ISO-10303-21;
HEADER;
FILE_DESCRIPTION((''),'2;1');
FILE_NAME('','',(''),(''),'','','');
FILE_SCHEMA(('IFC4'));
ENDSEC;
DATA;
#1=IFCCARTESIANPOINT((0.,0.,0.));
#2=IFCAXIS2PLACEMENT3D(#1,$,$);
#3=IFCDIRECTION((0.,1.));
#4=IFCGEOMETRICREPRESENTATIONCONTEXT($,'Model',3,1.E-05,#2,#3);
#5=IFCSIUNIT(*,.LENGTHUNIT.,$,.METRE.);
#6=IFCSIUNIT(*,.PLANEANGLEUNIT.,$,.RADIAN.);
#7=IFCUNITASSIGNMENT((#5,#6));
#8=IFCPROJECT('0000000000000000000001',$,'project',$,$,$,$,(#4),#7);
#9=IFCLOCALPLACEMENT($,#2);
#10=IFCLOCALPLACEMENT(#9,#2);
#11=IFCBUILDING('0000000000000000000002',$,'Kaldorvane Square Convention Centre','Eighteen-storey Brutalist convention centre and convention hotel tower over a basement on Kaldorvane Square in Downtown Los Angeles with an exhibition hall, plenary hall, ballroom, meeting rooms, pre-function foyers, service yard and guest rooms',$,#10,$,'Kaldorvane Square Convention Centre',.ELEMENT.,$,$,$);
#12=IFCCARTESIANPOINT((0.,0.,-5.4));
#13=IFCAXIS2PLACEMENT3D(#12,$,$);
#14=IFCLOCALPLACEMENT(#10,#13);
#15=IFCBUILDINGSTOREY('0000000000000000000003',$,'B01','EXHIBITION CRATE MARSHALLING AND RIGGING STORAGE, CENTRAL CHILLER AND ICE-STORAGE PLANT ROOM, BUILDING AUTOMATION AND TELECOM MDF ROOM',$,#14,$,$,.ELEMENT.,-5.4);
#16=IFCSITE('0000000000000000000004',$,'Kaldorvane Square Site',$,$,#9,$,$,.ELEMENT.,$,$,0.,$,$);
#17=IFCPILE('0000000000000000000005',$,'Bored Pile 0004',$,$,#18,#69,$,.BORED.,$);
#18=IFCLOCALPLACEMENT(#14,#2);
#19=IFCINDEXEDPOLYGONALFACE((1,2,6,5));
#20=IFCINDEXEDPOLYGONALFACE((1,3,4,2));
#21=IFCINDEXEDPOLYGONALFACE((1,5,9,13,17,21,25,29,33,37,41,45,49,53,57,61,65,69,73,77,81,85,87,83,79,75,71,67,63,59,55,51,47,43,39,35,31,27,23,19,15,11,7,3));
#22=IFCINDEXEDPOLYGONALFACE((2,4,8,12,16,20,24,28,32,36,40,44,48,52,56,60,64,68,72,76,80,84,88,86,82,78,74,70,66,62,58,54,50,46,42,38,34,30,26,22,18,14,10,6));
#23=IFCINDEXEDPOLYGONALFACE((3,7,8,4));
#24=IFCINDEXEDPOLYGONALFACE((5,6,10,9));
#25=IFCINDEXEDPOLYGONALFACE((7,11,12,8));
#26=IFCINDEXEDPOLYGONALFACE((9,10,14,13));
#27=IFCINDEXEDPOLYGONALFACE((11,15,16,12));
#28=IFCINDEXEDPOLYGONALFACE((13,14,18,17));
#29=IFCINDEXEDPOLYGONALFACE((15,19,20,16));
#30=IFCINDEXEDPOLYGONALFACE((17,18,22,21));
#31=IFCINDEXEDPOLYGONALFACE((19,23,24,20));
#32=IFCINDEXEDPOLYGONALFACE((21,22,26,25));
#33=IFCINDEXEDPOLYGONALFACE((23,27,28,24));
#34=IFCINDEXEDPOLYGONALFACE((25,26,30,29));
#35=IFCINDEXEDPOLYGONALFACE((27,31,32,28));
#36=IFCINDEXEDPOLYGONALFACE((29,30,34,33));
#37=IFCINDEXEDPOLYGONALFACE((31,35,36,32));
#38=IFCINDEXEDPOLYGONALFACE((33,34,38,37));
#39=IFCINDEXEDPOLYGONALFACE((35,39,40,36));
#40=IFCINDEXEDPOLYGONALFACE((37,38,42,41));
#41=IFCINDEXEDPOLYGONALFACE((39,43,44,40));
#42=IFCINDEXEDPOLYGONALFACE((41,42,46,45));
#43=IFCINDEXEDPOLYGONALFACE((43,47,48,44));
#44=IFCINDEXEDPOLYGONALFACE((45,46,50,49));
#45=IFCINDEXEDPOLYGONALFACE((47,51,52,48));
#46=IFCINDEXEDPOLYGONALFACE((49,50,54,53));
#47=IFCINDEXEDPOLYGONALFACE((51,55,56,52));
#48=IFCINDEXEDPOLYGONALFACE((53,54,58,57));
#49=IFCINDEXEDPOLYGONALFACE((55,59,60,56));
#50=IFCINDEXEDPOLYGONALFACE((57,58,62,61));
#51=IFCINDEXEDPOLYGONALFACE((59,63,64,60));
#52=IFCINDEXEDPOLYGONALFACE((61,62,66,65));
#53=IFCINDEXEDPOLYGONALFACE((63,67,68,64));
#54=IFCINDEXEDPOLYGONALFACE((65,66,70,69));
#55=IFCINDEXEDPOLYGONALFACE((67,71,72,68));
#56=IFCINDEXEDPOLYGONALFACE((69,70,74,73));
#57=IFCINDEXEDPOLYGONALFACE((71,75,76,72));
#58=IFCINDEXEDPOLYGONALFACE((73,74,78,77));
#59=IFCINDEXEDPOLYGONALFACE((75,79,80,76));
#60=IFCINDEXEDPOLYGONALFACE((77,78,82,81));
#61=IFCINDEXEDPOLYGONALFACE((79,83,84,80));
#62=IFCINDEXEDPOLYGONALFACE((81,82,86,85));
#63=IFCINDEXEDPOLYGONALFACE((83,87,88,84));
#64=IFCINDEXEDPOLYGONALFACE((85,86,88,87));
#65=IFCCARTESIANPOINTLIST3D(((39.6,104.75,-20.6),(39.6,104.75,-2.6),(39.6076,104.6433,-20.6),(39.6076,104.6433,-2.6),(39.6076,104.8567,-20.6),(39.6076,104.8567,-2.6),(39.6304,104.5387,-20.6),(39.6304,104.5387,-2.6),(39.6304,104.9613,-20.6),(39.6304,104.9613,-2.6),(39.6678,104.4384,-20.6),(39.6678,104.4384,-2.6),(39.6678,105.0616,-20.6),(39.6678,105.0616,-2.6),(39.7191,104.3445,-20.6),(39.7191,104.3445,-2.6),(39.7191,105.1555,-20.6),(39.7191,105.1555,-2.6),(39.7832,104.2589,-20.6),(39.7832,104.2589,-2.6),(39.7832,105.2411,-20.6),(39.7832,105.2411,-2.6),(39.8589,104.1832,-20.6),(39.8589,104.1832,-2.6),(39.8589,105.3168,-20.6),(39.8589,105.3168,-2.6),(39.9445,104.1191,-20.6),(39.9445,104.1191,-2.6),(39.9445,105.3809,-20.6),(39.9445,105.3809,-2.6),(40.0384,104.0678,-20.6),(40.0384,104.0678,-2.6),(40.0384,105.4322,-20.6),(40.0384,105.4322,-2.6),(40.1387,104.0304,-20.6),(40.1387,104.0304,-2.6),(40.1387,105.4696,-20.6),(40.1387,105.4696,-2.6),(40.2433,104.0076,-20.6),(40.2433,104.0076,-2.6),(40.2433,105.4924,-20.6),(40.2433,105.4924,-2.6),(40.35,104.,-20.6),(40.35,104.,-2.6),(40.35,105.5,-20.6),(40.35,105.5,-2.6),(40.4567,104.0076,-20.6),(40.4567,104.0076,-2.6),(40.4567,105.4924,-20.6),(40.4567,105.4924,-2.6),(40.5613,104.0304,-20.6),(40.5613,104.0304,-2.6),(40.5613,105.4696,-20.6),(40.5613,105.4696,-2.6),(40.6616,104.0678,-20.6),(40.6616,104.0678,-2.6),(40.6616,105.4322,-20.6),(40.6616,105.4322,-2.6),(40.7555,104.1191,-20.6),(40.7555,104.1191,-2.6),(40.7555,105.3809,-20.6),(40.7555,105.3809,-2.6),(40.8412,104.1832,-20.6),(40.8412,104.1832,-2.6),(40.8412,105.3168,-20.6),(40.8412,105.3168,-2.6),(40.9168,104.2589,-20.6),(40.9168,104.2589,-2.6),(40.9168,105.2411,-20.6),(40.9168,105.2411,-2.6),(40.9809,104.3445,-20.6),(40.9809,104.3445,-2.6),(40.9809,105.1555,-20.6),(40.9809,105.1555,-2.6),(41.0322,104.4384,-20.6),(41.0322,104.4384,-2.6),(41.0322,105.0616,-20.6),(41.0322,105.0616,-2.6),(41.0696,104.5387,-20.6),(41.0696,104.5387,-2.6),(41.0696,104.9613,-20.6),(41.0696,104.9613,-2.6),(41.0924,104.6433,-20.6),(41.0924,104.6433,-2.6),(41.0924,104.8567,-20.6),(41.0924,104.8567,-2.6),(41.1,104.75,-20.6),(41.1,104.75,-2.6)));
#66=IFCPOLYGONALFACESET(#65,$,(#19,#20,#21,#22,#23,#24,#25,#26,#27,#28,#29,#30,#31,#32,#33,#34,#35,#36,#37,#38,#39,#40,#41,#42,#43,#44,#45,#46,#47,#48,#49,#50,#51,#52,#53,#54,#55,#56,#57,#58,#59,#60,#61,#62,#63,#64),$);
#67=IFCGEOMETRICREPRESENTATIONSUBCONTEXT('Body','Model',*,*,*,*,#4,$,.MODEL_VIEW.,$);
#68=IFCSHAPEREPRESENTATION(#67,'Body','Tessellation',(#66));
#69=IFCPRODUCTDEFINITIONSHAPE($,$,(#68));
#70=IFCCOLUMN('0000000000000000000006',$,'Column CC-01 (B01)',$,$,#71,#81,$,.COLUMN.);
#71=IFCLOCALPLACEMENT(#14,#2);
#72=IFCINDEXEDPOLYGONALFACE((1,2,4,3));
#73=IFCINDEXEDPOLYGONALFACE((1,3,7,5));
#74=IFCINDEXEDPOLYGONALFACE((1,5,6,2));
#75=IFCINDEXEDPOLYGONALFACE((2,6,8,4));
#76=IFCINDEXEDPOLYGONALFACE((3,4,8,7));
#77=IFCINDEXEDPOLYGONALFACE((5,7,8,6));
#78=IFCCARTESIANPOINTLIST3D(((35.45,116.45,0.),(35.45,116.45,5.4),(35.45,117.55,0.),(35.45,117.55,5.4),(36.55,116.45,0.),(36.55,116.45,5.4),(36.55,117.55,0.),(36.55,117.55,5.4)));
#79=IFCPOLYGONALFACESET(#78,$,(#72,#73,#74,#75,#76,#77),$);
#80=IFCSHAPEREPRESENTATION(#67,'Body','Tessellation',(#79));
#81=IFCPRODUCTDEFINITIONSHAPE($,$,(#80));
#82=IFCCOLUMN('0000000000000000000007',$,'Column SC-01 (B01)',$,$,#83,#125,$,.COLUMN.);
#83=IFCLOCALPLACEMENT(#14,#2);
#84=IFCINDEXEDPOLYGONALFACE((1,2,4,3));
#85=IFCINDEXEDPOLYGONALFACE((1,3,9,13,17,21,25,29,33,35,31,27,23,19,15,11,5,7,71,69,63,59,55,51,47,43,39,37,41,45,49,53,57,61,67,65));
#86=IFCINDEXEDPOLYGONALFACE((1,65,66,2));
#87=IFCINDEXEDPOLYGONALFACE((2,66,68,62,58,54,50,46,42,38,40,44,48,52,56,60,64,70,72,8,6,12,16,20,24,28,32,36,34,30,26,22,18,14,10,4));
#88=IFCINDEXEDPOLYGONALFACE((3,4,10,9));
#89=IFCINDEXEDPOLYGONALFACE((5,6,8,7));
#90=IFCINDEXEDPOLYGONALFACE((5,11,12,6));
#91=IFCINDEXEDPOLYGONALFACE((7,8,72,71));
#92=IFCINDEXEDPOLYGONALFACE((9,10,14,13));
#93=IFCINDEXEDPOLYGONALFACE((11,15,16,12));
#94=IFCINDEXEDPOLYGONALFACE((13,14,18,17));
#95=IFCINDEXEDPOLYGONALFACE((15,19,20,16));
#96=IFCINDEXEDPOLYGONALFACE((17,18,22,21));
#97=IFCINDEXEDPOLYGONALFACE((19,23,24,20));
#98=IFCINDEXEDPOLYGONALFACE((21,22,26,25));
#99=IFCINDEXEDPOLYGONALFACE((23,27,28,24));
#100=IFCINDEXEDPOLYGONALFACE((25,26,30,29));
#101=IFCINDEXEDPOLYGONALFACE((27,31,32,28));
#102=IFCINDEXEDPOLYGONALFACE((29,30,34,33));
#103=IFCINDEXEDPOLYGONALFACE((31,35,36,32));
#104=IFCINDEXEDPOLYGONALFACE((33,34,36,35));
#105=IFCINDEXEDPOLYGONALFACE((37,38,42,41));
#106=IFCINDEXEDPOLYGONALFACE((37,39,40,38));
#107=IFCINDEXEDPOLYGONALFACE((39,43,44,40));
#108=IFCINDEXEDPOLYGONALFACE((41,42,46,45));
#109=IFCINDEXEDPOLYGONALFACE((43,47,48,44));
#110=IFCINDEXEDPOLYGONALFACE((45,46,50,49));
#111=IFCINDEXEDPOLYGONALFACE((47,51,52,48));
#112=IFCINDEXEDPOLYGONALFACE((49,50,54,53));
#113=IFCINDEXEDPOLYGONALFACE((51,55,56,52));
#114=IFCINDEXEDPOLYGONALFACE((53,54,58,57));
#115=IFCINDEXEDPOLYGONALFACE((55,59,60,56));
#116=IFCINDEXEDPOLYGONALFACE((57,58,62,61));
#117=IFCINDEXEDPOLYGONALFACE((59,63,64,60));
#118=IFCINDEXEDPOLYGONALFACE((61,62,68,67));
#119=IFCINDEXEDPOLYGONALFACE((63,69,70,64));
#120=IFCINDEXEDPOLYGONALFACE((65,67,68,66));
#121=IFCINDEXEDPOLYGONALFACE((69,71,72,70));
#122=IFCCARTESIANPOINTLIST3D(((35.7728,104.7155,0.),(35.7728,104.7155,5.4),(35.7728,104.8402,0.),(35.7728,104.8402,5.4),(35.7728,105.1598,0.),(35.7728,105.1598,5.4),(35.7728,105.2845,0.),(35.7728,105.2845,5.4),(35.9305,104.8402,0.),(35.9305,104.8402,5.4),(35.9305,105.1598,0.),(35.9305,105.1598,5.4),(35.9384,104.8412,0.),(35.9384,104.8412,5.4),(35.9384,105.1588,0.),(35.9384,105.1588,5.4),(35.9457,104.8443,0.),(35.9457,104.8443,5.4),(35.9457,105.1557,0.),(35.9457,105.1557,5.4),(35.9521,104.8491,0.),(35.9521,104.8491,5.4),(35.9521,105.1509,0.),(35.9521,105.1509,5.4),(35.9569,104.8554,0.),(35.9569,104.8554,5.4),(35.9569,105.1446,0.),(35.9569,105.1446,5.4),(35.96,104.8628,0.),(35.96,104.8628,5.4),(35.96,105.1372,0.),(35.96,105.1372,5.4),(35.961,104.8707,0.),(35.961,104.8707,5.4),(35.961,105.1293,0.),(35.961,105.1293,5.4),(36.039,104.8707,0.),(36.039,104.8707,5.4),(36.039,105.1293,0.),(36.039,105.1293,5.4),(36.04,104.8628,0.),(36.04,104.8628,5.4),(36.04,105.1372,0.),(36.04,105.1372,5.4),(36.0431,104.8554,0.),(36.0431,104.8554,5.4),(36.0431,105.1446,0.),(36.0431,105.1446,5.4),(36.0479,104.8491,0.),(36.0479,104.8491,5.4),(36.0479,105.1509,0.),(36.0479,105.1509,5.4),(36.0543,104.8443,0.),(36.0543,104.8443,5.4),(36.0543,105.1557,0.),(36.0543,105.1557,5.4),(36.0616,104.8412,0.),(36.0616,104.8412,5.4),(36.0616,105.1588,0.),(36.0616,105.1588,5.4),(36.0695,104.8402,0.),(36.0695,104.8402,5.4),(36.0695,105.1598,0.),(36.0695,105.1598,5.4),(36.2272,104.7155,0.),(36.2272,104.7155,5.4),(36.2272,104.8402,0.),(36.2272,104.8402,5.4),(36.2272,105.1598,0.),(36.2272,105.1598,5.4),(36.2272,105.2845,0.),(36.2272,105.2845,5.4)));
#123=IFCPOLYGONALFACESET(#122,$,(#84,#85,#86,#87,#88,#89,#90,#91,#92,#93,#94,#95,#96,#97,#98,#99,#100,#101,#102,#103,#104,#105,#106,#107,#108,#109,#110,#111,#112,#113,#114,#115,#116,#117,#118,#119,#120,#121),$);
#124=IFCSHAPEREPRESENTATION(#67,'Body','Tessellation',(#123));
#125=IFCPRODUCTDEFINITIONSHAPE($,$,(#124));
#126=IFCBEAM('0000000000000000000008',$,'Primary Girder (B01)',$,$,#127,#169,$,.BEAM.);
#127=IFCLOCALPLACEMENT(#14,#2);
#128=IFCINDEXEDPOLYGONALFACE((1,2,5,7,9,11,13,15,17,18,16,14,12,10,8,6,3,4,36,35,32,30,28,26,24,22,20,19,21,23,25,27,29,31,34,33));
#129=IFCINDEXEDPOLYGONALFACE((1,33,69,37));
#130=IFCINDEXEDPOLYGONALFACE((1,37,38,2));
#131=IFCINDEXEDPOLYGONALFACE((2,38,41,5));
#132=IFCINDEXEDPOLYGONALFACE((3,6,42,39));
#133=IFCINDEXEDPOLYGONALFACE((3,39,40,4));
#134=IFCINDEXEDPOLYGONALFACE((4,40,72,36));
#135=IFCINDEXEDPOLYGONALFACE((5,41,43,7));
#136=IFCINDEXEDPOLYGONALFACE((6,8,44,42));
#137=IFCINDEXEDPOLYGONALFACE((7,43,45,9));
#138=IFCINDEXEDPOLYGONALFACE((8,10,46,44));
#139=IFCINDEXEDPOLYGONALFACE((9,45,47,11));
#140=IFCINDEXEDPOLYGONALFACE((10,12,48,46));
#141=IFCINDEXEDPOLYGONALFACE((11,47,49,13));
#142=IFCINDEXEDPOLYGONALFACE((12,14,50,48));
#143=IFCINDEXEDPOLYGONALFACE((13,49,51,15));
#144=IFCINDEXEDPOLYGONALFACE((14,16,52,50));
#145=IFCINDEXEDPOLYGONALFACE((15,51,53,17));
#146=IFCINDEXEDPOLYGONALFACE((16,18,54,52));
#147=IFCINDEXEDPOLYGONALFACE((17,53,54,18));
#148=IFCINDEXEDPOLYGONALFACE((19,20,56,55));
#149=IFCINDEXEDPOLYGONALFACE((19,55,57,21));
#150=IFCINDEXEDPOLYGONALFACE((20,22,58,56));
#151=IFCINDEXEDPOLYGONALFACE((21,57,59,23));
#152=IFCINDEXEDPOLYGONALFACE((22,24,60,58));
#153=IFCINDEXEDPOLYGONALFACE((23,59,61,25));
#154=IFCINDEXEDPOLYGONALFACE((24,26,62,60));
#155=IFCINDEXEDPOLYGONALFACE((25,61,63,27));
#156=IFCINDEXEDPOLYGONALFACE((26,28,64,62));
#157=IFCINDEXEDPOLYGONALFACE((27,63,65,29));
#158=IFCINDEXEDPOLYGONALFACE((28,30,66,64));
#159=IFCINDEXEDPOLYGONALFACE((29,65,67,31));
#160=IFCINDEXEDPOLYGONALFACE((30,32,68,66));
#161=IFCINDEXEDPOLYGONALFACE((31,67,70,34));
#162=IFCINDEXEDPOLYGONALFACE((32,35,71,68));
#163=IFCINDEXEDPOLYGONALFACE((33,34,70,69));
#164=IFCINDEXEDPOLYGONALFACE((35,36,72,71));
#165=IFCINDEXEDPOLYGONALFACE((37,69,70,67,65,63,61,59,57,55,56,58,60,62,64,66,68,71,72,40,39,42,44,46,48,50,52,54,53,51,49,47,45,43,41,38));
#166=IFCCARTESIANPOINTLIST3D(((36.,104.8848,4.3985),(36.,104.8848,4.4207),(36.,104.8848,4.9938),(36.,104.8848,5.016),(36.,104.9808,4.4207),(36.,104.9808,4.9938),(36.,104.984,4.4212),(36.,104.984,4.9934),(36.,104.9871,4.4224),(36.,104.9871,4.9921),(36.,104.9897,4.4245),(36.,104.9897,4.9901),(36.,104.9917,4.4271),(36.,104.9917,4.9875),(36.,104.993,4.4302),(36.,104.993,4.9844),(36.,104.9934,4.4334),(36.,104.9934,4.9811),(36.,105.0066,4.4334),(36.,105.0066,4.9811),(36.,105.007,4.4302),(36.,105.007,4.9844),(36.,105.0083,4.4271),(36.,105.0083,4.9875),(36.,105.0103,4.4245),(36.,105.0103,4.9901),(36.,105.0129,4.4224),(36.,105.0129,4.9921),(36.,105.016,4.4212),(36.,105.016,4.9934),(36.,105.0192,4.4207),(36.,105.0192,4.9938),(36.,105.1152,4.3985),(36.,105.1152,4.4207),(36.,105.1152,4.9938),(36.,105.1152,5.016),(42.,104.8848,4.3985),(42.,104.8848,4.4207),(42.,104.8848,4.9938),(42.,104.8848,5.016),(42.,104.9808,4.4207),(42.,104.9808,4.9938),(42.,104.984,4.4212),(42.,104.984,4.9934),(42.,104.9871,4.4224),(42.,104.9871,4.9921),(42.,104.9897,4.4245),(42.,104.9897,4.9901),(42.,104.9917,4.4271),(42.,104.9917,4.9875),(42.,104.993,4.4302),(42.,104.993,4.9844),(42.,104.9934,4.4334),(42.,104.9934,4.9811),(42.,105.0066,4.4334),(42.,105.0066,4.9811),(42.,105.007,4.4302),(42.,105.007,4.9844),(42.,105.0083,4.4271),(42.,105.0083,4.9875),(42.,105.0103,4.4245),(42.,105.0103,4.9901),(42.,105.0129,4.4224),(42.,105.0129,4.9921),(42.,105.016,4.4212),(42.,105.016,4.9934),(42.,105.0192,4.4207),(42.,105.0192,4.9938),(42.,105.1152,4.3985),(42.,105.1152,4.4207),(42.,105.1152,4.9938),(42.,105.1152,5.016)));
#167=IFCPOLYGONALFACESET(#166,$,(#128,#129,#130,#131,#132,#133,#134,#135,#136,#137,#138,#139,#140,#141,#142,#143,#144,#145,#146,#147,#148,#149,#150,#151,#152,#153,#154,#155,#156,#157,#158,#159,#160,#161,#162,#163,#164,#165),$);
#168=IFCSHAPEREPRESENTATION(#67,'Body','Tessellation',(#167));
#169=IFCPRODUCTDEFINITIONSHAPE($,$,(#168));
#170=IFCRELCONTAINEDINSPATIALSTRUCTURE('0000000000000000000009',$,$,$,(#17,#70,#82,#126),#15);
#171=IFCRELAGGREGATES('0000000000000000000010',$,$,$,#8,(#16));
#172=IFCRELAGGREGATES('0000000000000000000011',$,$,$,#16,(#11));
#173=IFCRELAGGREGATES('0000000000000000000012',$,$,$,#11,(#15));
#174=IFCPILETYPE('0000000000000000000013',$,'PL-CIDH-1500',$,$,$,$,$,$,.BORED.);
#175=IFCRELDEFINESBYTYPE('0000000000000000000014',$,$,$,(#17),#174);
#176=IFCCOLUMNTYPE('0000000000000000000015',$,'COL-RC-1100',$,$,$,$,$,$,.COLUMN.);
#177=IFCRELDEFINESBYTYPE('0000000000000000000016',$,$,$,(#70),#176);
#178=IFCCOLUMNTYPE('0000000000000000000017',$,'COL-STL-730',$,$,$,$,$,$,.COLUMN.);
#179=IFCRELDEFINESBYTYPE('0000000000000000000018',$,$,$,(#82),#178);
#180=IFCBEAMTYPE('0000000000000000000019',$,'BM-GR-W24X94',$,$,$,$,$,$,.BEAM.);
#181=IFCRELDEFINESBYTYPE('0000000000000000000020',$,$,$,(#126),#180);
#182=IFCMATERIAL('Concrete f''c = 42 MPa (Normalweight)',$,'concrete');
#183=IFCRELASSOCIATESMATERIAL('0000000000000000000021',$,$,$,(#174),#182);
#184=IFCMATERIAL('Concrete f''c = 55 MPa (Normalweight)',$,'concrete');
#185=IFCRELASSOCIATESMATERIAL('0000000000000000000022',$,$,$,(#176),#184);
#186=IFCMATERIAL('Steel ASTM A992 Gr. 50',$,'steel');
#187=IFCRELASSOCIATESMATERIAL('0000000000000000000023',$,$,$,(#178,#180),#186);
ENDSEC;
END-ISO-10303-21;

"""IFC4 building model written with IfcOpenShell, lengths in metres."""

from ifc_helpers import new_model, si_unit, direction, frame, origin, origin_2d, place, context, subcontext, project, spatial, rectangle, circle, i_section, extrude, material, material_profile, profile_set, type_object, element, save


model = new_model("IFC4")

# Units and contexts
model_context = context("Model", 3, precision=1e-05, world=origin(), true_north=direction((0.0, 1.0)))
body_context = subcontext(model_context, "Body", "Model", "MODEL_VIEW")
ifc_project = project(units=[si_unit("LENGTHUNIT", "METRE"), si_unit("PLANEANGLEUNIT", "RADIAN")], contexts=[model_context])

# Site, building, storey
site_placement = place(None, origin())
site = spatial("IfcSite", under=ifc_project, at=site_placement, Name="Kaldorvane Square Site", CompositionType="ELEMENT", RefElevation=0.0)
building_placement = place(site_placement, origin())
building = spatial("IfcBuilding", under=site, at=building_placement, Name="Kaldorvane Square Convention Centre", Description="Eighteen-storey Brutalist convention centre and convention hotel tower over a basement on Kaldorvane Square in Downtown Los Angeles with an exhibition hall, plenary hall, ballroom, meeting rooms, pre-function foyers, service yard and guest rooms", LongName="Kaldorvane Square Convention Centre", CompositionType="ELEMENT")
storey_placement = place(building_placement, frame((0.0, 0.0, -5.4)))
storey = spatial("IfcBuildingStorey", under=building, at=storey_placement, Name="B01", Description="EXHIBITION CRATE MARSHALLING AND RIGGING STORAGE, CENTRAL CHILLER AND ICE-STORAGE PLANT ROOM, BUILDING AUTOMATION AND TELECOM MDF ROOM", CompositionType="ELEMENT", Elevation=-5.4)

# Shared definitions
ifc_material_1 = material(Name="Concrete f'c = 42 MPa (Normalweight)", Category="concrete")

# Pile
ifc_material_profile_1 = material_profile(ifc_material_1, circle(Radius=0.75, at=origin_2d()), Name="PILE-D1500")
ifc_profile_set_1 = profile_set([ifc_material_profile_1], Name="Concrete f'c = 42 MPa (Normalweight)")
pile_type_1 = type_object("IfcPileType", Name="PL-CIDH-1500", PredefinedType="BORED", material=ifc_profile_set_1)
for number, where, z_axis, x_axis, name in (
    (1, (40.35, 104.75, -2.6), (0.0, 0.0, -1.0), (1.0, 0.0, 0.0), "Bored Pile 0004"),
):
    element("IfcPile", number, at=place(storey_placement, frame(where, z_axis=z_axis, x_axis=x_axis)), inside=storey, type_object=pile_type_1, Name=name, PredefinedType="BORED", context=body_context, shape_type="SweptSolid", body=[
        extrude(circle(Radius=0.75, at=origin_2d()), origin(), (0.0, 0.0, 1.0), 18.0),
    ])

# Columns
ifc_material_2 = material(Name="Concrete f'c = 55 MPa (Normalweight)", Category="concrete")
ifc_material_profile_2 = material_profile(ifc_material_2, rectangle(XDim=1.1, YDim=1.1, at=origin_2d()), Name="RC1100X1100")
ifc_profile_set_2 = profile_set([ifc_material_profile_2], Name="Concrete f'c = 55 MPa (Normalweight)")
column_type_1 = type_object("IfcColumnType", Name="COL-RC-1100", PredefinedType="COLUMN", material=ifc_profile_set_2)
column_1_placement = place(storey_placement, frame((36.0, 117.0, 0.0), z_axis=(0.0, 0.0, 1.0), x_axis=(1.0, 0.0, 0.0)))
element("IfcColumn", 2, at=column_1_placement, inside=storey, type_object=column_type_1, Name="Column CC-01 (B01)", PredefinedType="COLUMN", context=body_context, shape_type="SweptSolid", body=[
    extrude(rectangle(XDim=1.1, YDim=1.1, at=origin_2d()), origin(), (0.0, 0.0, 1.0), 5.4),
])
ifc_material_3 = material(Name="Steel ASTM A992 Gr. 50", Category="steel")
ifc_material_profile_3 = material_profile(ifc_material_3, i_section(OverallWidth=0.4544, OverallDepth=0.569, WebThickness=0.078, FlangeThickness=0.1247, FilletRadius=0.0305, at=origin_2d()), Name="W14X730")
ifc_profile_set_3 = profile_set([ifc_material_profile_3], Name="Steel ASTM A992 Gr. 50")
column_type_2 = type_object("IfcColumnType", Name="COL-STL-730", PredefinedType="COLUMN", material=ifc_profile_set_3)
column_2_placement = place(storey_placement, frame((36.0, 105.0, 0.0), z_axis=(0.0, 0.0, 1.0), x_axis=(1.0, 0.0, 0.0)))
element("IfcColumn", 3, at=column_2_placement, inside=storey, type_object=column_type_2, Name="Column SC-01 (B01)", PredefinedType="COLUMN", context=body_context, shape_type="SweptSolid", body=[
    extrude(i_section(OverallWidth=0.4544, OverallDepth=0.569, WebThickness=0.078, FlangeThickness=0.1247, FilletRadius=0.0305, at=origin_2d()), origin(), (0.0, 0.0, 1.0), 5.4),
])

# Beam
ifc_material_profile_4 = material_profile(ifc_material_3, i_section(OverallWidth=0.2303, OverallDepth=0.6175, WebThickness=0.0131, FlangeThickness=0.0222, FilletRadius=0.0127, at=origin_2d()), Name="W24X94")
ifc_profile_set_4 = profile_set([ifc_material_profile_4], Name="Steel ASTM A992 Gr. 50")
beam_type_1 = type_object("IfcBeamType", Name="BM-GR-W24X94", PredefinedType="BEAM", material=ifc_profile_set_4)
beam_1_placement = place(storey_placement, frame((36.0, 105.0, 4.7073), z_axis=(1.0, 0.0, 0.0), x_axis=(0.0, 1.0, 0.0)))
element("IfcBeam", 4, at=beam_1_placement, inside=storey, type_object=beam_type_1, Name="Primary Girder (B01)", PredefinedType="BEAM", context=body_context, shape_type="SweptSolid", body=[
    extrude(i_section(OverallWidth=0.2303, OverallDepth=0.6175, WebThickness=0.0131, FlangeThickness=0.0222, FilletRadius=0.0127, at=origin_2d()), origin(), (0.0, 0.0, 1.0), 6.0),
])

save(model, "model.ifc")
